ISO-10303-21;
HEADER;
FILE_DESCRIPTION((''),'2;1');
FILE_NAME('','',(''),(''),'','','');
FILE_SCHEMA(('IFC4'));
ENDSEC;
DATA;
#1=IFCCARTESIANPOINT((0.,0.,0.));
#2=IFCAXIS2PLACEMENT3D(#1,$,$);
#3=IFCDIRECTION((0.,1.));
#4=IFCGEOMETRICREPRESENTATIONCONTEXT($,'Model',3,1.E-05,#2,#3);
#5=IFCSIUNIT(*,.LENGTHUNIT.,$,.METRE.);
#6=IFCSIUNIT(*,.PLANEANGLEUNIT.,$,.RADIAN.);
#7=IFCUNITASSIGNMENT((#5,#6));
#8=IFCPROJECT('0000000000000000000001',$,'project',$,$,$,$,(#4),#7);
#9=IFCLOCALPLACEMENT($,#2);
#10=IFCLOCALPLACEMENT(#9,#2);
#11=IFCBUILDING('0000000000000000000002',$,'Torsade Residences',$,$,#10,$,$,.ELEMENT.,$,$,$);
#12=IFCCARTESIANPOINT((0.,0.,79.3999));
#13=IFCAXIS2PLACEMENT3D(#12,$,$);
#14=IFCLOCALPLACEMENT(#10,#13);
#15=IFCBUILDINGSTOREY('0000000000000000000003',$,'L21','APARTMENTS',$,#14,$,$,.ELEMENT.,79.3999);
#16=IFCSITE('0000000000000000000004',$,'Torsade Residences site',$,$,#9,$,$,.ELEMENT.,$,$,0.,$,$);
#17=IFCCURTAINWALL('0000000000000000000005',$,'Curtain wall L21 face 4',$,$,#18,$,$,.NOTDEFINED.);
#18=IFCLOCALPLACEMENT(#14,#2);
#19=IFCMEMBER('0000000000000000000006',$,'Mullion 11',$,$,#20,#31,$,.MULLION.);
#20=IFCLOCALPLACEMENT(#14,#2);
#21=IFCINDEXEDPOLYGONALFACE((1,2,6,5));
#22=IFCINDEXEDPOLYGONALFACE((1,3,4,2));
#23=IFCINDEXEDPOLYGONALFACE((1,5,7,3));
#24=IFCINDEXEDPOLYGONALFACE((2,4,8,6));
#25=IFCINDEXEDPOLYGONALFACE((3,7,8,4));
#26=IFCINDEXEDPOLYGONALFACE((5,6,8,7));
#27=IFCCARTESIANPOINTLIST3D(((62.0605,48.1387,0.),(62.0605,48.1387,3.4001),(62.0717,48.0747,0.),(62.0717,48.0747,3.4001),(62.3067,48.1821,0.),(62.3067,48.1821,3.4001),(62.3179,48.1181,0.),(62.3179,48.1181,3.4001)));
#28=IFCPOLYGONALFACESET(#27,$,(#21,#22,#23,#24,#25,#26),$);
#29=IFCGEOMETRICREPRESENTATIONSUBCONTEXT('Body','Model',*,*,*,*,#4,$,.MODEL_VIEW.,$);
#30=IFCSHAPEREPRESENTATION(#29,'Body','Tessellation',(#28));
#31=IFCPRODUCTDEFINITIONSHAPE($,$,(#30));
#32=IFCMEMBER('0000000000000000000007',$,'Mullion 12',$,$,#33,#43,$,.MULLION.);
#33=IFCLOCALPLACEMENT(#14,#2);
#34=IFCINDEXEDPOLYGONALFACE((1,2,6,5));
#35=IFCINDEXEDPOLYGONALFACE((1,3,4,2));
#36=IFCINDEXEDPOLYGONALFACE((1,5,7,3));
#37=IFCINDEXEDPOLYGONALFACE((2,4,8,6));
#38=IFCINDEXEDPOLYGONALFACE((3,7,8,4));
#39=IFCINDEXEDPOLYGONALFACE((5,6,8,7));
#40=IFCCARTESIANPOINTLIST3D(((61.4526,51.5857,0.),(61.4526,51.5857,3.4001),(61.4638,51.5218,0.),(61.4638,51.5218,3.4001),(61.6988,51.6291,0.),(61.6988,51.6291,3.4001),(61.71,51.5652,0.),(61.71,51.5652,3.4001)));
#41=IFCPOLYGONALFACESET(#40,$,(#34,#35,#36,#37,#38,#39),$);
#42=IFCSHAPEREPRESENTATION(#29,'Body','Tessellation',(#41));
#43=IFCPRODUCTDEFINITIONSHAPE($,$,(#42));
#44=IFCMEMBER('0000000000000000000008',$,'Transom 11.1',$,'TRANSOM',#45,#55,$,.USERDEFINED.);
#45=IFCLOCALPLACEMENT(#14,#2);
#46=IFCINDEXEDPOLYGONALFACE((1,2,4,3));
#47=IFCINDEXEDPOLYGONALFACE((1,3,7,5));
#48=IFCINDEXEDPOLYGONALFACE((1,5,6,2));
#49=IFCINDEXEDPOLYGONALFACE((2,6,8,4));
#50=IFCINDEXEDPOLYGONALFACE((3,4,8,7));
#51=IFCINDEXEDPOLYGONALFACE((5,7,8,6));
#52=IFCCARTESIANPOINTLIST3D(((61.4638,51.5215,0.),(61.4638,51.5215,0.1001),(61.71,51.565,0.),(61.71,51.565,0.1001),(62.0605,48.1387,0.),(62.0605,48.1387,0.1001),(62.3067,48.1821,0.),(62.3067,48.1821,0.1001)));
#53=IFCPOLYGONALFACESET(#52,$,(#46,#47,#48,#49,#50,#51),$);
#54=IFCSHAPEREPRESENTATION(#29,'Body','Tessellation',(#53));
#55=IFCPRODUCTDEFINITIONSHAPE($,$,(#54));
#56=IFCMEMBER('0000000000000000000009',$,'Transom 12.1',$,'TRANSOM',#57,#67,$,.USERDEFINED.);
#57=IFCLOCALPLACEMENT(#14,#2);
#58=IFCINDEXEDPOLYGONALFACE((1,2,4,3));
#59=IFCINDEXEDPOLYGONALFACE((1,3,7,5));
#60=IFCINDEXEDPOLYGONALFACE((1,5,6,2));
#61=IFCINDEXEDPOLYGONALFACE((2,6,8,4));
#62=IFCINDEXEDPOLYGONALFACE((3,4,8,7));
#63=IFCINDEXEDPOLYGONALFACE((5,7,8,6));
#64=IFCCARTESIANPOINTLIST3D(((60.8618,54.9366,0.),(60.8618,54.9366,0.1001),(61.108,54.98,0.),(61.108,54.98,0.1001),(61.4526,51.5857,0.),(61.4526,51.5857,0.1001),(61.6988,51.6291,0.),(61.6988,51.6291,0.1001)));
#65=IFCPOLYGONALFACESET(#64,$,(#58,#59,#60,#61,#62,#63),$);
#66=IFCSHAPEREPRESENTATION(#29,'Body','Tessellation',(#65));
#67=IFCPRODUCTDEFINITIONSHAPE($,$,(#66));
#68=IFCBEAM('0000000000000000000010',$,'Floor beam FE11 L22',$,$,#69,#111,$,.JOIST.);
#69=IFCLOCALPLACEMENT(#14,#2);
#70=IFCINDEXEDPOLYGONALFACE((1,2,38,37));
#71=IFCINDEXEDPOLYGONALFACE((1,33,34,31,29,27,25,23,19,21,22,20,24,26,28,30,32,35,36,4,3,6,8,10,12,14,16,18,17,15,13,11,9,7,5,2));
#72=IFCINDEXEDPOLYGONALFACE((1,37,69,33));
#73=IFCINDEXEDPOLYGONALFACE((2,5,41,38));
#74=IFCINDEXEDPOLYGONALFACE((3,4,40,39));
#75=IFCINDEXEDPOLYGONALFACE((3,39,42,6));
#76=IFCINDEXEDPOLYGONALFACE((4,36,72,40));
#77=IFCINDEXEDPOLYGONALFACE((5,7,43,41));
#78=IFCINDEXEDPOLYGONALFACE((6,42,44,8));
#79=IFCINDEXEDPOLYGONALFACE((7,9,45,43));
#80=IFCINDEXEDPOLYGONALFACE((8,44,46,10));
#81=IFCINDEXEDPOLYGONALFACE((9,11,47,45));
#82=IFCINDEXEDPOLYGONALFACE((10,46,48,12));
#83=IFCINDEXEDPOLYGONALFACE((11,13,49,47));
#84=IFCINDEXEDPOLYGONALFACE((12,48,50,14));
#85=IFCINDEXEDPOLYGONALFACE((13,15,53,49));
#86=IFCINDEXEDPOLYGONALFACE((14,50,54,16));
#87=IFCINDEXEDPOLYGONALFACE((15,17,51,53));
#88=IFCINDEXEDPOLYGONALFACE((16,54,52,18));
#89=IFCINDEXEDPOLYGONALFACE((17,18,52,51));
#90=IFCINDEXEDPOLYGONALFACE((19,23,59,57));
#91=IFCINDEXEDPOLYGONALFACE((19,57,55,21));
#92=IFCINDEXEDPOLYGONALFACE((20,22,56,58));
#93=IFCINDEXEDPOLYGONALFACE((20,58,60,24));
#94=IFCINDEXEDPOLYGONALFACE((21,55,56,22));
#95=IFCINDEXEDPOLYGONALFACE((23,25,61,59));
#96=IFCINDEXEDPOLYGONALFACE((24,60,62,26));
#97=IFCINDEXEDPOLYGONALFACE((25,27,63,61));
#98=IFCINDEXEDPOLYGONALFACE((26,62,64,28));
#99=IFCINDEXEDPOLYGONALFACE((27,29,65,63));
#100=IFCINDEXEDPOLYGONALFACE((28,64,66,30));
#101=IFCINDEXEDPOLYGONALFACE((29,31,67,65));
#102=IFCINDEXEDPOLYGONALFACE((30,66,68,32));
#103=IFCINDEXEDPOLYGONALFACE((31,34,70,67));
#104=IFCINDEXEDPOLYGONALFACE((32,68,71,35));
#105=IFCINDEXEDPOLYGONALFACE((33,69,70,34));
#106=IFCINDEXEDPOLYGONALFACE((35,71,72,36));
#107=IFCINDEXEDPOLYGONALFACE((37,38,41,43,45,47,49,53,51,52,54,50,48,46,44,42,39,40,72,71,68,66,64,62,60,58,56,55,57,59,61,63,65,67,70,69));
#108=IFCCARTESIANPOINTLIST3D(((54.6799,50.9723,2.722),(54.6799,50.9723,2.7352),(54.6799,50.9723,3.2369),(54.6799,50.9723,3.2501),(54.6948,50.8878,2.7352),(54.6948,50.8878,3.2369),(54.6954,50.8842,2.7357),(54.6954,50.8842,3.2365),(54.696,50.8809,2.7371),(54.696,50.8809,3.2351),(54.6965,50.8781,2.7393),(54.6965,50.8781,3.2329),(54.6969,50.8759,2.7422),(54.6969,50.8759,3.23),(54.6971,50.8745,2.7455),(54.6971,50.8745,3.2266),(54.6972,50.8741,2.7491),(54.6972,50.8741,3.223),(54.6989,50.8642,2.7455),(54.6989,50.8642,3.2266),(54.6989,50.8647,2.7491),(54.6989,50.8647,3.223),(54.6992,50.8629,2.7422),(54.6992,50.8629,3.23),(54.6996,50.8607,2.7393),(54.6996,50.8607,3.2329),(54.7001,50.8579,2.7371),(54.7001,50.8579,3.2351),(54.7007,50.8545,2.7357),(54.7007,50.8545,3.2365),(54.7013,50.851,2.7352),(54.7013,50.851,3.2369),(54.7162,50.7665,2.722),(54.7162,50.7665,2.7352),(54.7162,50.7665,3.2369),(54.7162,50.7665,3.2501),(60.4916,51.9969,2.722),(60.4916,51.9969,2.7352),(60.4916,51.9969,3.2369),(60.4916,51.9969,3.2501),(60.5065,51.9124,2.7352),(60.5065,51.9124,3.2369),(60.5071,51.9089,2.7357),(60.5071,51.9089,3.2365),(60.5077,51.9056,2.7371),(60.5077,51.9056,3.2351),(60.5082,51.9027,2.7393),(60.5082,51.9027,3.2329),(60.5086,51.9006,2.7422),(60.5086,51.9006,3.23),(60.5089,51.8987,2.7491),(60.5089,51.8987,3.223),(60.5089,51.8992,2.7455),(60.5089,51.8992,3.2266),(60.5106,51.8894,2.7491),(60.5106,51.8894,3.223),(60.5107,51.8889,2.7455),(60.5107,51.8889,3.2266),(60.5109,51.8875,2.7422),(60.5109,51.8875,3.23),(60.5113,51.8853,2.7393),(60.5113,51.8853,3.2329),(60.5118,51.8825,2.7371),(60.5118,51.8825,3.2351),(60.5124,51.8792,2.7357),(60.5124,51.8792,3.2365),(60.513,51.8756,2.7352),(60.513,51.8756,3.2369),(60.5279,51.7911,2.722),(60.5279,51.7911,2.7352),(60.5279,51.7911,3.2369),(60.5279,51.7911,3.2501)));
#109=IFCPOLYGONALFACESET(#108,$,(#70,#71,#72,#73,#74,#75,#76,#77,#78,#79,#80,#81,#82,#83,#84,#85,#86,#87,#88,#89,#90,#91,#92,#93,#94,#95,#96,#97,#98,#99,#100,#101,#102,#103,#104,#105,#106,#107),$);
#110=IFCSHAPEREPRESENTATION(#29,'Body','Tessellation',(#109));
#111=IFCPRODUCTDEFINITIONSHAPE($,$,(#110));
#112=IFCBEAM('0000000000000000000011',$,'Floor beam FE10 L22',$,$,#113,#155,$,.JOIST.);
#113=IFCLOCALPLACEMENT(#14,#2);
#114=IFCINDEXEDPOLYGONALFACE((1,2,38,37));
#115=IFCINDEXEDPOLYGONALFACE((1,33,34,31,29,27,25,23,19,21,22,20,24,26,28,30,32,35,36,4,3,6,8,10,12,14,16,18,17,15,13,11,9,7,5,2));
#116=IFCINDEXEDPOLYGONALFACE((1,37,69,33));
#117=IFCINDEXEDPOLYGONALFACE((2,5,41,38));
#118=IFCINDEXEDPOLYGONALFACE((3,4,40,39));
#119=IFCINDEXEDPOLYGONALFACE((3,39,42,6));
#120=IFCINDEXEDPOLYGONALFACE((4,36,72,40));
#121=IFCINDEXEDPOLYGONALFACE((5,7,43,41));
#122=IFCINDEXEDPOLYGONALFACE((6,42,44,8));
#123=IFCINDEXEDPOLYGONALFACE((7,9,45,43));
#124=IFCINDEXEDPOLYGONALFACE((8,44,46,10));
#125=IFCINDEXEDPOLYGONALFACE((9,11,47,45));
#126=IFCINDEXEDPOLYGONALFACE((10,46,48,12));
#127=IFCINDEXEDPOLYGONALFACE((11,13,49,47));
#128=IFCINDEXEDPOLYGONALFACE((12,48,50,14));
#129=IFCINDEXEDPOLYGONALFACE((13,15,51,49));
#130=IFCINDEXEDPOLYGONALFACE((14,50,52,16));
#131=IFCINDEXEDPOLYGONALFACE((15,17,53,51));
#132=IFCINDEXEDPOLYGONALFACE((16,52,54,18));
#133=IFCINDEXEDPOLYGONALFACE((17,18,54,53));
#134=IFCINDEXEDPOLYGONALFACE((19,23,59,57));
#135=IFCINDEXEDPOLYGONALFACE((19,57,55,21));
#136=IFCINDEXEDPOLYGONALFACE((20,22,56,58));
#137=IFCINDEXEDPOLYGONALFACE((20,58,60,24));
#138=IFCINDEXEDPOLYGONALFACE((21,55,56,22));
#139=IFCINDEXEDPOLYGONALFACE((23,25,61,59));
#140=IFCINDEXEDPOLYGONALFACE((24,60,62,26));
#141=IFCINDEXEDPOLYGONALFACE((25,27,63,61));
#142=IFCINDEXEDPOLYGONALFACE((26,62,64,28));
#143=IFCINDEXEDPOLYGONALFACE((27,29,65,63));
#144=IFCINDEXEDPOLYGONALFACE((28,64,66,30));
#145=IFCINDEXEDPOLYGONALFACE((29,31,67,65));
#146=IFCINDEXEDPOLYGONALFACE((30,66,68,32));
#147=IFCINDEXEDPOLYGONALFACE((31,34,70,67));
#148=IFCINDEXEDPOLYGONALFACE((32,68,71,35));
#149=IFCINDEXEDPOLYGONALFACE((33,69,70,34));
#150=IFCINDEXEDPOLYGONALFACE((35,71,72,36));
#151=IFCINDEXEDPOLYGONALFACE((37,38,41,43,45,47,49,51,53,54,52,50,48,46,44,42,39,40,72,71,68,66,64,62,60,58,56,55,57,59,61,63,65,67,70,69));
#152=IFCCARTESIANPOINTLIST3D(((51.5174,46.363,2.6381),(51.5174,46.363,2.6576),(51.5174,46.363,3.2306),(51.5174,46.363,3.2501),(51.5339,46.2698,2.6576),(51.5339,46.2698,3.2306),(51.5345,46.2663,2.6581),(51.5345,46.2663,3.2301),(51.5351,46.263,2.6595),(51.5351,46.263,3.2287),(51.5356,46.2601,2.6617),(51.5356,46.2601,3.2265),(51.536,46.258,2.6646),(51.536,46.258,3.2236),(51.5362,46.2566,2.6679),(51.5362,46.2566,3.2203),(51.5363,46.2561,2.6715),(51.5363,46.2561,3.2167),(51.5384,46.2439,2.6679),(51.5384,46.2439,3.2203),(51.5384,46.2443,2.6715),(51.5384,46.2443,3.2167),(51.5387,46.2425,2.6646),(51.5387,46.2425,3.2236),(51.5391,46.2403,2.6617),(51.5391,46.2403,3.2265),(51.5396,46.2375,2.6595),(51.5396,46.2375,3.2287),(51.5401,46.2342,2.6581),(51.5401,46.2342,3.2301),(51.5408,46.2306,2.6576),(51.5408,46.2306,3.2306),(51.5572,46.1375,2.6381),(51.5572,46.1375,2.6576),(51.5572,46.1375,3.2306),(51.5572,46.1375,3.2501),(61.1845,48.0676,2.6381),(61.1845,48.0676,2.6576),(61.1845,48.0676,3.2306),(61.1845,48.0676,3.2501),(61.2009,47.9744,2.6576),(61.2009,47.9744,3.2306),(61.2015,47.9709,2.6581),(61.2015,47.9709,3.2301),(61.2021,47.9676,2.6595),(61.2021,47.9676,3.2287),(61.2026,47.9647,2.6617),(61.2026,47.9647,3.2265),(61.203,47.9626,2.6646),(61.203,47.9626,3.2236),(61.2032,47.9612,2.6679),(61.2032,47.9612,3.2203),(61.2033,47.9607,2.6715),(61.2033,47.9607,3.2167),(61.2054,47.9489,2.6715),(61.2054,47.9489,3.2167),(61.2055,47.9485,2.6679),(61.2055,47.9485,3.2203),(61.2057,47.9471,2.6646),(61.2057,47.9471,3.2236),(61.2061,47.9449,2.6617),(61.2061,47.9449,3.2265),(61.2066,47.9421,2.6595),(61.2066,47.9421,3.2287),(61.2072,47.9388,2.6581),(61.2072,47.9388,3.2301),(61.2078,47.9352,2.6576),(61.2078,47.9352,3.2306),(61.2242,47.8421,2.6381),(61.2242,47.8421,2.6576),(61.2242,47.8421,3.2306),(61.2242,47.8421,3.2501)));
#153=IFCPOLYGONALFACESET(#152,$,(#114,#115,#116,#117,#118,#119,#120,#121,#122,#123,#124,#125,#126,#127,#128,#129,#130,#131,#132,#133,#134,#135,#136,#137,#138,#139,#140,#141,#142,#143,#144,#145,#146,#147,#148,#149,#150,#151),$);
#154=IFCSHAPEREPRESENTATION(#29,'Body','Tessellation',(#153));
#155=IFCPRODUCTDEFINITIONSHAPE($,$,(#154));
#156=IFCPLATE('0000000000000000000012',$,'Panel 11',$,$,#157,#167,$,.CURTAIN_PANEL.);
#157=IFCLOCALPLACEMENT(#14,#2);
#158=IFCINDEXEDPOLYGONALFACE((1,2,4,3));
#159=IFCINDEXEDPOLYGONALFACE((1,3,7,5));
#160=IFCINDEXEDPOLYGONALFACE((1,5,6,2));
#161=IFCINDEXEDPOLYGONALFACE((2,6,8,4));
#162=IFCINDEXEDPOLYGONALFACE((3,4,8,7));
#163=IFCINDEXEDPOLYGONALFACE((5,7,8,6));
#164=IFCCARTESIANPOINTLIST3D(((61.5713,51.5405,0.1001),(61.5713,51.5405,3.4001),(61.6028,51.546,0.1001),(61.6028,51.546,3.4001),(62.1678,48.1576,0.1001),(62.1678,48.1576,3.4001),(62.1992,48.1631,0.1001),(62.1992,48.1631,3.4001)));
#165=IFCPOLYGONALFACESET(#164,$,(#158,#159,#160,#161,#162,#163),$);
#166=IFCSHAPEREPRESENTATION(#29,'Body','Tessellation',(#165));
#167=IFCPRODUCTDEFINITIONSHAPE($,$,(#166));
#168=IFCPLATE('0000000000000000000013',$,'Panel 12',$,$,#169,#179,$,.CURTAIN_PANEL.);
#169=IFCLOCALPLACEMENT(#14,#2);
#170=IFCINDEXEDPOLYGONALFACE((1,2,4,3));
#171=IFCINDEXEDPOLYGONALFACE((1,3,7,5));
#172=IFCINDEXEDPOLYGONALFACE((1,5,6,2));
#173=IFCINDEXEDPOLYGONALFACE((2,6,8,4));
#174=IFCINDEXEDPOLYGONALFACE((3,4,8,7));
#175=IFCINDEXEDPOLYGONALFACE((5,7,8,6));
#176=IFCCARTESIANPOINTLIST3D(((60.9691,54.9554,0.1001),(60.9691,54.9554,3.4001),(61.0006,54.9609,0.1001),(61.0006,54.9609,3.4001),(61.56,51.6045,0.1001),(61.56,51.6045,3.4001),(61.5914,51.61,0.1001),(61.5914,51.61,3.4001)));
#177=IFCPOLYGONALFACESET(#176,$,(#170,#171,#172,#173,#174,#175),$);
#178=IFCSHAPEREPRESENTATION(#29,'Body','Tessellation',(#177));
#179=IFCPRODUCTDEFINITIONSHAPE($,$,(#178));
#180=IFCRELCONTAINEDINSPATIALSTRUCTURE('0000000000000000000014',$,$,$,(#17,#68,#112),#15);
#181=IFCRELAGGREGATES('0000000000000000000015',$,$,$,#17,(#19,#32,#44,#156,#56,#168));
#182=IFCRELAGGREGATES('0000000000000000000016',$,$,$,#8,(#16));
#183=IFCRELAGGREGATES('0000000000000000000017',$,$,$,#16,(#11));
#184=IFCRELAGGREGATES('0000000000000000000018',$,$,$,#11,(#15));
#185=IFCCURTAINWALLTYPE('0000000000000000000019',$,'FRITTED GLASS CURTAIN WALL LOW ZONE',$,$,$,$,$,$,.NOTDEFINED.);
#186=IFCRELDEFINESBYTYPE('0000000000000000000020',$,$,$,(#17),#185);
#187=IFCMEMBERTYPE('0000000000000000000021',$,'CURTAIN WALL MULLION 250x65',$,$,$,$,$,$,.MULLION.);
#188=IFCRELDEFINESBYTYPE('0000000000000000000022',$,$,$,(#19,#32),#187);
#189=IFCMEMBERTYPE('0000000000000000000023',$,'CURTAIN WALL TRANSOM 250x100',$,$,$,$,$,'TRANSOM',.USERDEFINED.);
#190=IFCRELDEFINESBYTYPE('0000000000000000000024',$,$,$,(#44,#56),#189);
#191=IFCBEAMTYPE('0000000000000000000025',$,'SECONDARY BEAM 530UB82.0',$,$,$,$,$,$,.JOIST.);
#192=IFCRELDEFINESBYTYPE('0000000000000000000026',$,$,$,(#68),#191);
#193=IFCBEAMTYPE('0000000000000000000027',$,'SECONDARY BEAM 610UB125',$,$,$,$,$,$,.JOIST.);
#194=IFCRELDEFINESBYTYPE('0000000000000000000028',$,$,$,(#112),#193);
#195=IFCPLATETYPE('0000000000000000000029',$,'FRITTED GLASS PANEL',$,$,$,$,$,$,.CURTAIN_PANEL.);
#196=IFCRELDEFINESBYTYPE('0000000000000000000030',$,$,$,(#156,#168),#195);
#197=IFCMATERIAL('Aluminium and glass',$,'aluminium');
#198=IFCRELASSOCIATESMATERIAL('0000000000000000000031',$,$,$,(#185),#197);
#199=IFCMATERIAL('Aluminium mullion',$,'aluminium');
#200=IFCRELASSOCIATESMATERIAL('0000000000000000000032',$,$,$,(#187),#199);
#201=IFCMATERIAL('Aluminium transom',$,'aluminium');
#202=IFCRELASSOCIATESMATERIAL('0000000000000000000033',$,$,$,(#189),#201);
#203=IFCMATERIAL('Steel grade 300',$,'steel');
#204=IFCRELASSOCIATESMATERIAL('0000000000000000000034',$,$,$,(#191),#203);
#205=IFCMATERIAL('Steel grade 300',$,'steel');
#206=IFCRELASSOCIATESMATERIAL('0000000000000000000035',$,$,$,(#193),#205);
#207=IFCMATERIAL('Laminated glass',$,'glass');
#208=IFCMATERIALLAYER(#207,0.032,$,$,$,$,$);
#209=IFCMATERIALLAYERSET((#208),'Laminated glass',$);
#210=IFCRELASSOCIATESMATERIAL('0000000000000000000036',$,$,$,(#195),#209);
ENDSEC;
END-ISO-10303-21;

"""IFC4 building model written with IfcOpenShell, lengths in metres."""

from ifc_helpers import new_model, si_unit, direction, frame, origin, origin_2d, place, context, subcontext, project, spatial, rectangle, i_section, extrude, material, layer, layer_set, material_profile, profile_set, type_object, element, aggregate, save


model = new_model("IFC4")

# Units and contexts
model_context = context("Model", 3, precision=1e-05, world=origin(), true_north=direction((0.0, 1.0)))
body_context = subcontext(model_context, "Body", "Model", "MODEL_VIEW")
ifc_project = project(units=[si_unit("LENGTHUNIT", "METRE"), si_unit("PLANEANGLEUNIT", "RADIAN")], contexts=[model_context])

# Site, building, storey
site_placement = place(None, origin())
site = spatial("IfcSite", under=ifc_project, at=site_placement, Name="Torsade Residences site", CompositionType="ELEMENT", RefElevation=0.0)
building_placement = place(site_placement, origin())
building = spatial("IfcBuilding", under=site, at=building_placement, Name="Torsade Residences", CompositionType="ELEMENT")
storey_placement = place(building_placement, frame((0.0, 0.0, 79.3999)))
storey = spatial("IfcBuildingStorey", under=building, at=storey_placement, Name="L21", Description="APARTMENTS", CompositionType="ELEMENT", Elevation=79.3999)

# Curtain wall, members
ifc_material_1 = material(Name="Aluminium and glass", Category="aluminium")
curtain_wall_type = type_object("IfcCurtainWallType", Name="FRITTED GLASS CURTAIN WALL LOW ZONE", PredefinedType="NOTDEFINED", material=ifc_material_1)
curtain_wall_placement = place(storey_placement, origin())
curtain_wall = element("IfcCurtainWall", 1, at=curtain_wall_placement, inside=storey, type_object=curtain_wall_type, Name="Curtain wall L21 face 4", PredefinedType="NOTDEFINED")
ifc_material_2 = material(Name="Aluminium mullion", Category="aluminium")
ifc_material_profile_1 = material_profile(ifc_material_2, rectangle(XDim=0.25, YDim=0.0649, at=origin_2d()), Name="CURTAIN WALL MULLION 250x65")
ifc_profile_set_1 = profile_set([ifc_material_profile_1], Name="Aluminium mullion")
member_type_1 = type_object("IfcMemberType", Name="CURTAIN WALL MULLION 250x65", PredefinedType="MULLION", material=ifc_profile_set_1)
member_1_placement = place(storey_placement, frame((62.1892, 48.1284, 0.0), z_axis=(0.0, 0.0, 1.0), x_axis=(-0.984808, -0.173648, 0.0)))
member_1 = element("IfcMember", 2, at=member_1_placement, type_object=member_type_1, Name="Mullion 11", PredefinedType="MULLION", context=body_context, shape_type="SweptSolid", body=[
    extrude(rectangle(XDim=0.25, YDim=0.0649, at=origin_2d()), origin(), (0.0, 0.0, 1.0), 3.4001),
])
member_2_placement = place(storey_placement, frame((61.5813, 51.5754, 0.0), z_axis=(0.0, 0.0, 1.0), x_axis=(-0.984808, -0.173648, 0.0)))
member_2 = element("IfcMember", 3, at=member_2_placement, type_object=member_type_1, Name="Mullion 12", PredefinedType="MULLION", context=body_context, shape_type="SweptSolid", body=[
    extrude(rectangle(XDim=0.25, YDim=0.0649, at=origin_2d()), origin(), (0.0, 0.0, 1.0), 3.4001),
])
ifc_material_3 = material(Name="Aluminium transom", Category="aluminium")
ifc_material_profile_2 = material_profile(ifc_material_3, rectangle(XDim=0.25, YDim=0.1001, at=origin_2d()), Name="CURTAIN WALL TRANSOM 250x100")
ifc_profile_set_2 = profile_set([ifc_material_profile_2], Name="Aluminium transom")
member_type_2 = type_object("IfcMemberType", Name="CURTAIN WALL TRANSOM 250x100", ElementType="TRANSOM", PredefinedType="USERDEFINED", material=ifc_profile_set_2)
member_3_placement = place(storey_placement, frame((62.1836, 48.1604, 0.05), z_axis=(-0.173704, 0.984798, 0.0), x_axis=(-0.984798, -0.173704, 0.0)))
member_3 = element("IfcMember", 4, at=member_3_placement, type_object=member_type_2, Name="Transom 11.1", ObjectType="TRANSOM", PredefinedType="USERDEFINED", context=body_context, shape_type="SweptSolid", body=[
    extrude(rectangle(XDim=0.25, YDim=0.1001, at=origin_2d()), origin(), (0.0, 0.0, 1.0), 3.4351),
])
member_4_placement = place(storey_placement, frame((61.5757, 51.6074, 0.05), z_axis=(-0.173642, 0.984809, 0.0), x_axis=(-0.984809, -0.173642, 0.0)))
member_4 = element("IfcMember", 5, at=member_4_placement, type_object=member_type_2, Name="Transom 12.1", ObjectType="TRANSOM", PredefinedType="USERDEFINED", context=body_context, shape_type="SweptSolid", body=[
    extrude(rectangle(XDim=0.25, YDim=0.1001, at=origin_2d()), origin(), (0.0, 0.0, 1.0), 3.4026),
])

# Beams
ifc_material_4 = material(Name="Steel grade 300", Category="steel")
ifc_material_profile_3 = material_profile(ifc_material_4, i_section(OverallWidth=0.209, OverallDepth=0.5281, WebThickness=0.0095, FlangeThickness=0.0132, FilletRadius=0.0139, at=origin_2d()), Name="530UB82.0")
ifc_profile_set_3 = profile_set([ifc_material_profile_3], Name="Steel grade 300")
beam_type_1 = type_object("IfcBeamType", Name="SECONDARY BEAM 530UB82.0", PredefinedType="JOIST", material=ifc_profile_set_3)
beam_1_placement = place(storey_placement, frame((60.5098, 51.894, 2.9861), z_axis=(-0.984811, -0.17363, 0.0), x_axis=(0.17363, -0.984811, 0.0)))
element("IfcBeam", 6, at=beam_1_placement, inside=storey, type_object=beam_type_1, Name="Floor beam FE11 L22", PredefinedType="JOIST", context=body_context, shape_type="SweptSolid", body=[
    extrude(i_section(OverallWidth=0.209, OverallDepth=0.5281, WebThickness=0.0095, FlangeThickness=0.0132, FilletRadius=0.0139, at=origin_2d()), origin(), (0.0, 0.0, 1.0), 5.9014),
])
ifc_material_5 = material(Name="Steel grade 300", Category="steel")
ifc_material_profile_4 = material_profile(ifc_material_5, i_section(OverallWidth=0.229, OverallDepth=0.6121, WebThickness=0.012, FlangeThickness=0.0195, FilletRadius=0.0139, at=origin_2d()), Name="610UB125")
ifc_profile_set_4 = profile_set([ifc_material_profile_4], Name="Steel grade 300")
beam_type_2 = type_object("IfcBeamType", Name="SECONDARY BEAM 610UB125", PredefinedType="JOIST", material=ifc_profile_set_4)
beam_2_placement = place(storey_placement, frame((61.2043, 47.9548, 2.9441), z_axis=(-0.984807, -0.173652, 0.0), x_axis=(0.173652, -0.984807, 0.0)))
element("IfcBeam", 7, at=beam_2_placement, inside=storey, type_object=beam_type_2, Name="Floor beam FE10 L22", PredefinedType="JOIST", context=body_context, shape_type="SweptSolid", body=[
    extrude(i_section(OverallWidth=0.229, OverallDepth=0.6121, WebThickness=0.012, FlangeThickness=0.0195, FilletRadius=0.0139, at=origin_2d()), origin(), (0.0, 0.0, 1.0), 9.8162),
])

# Plates
ifc_material_6 = material(Name="Laminated glass", Category="glass")
ifc_layer_1 = layer(ifc_material_6, 0.032)
ifc_layer_set_1 = layer_set([ifc_layer_1], Name="Laminated glass")
plate_type_1 = type_object("IfcPlateType", Name="FRITTED GLASS PANEL", PredefinedType="CURTAIN_PANEL", material=ifc_layer_set_1)
plate_1_placement = place(storey_placement, frame((61.8853, 49.8518, 0.1001), z_axis=(0.0, 0.0, 1.0), x_axis=(-0.173648, 0.984808, 0.0)))
plate_1 = element("IfcPlate", 8, at=plate_1_placement, type_object=plate_type_1, Name="Panel 11", PredefinedType="CURTAIN_PANEL", context=body_context, shape_type="SweptSolid", body=[
    extrude(rectangle(XDim=3.4351, YDim=0.032, at=origin_2d()), origin(), (0.0, 0.0, 1.0), 3.3),
])
plate_2_placement = place(storey_placement, frame((61.2803, 53.2827, 0.1001), z_axis=(0.0, 0.0, 1.0), x_axis=(-0.173648, 0.984808, 0.0)))
plate_2 = element("IfcPlate", 9, at=plate_2_placement, type_object=plate_type_1, Name="Panel 12", PredefinedType="CURTAIN_PANEL", context=body_context, shape_type="SweptSolid", body=[
    extrude(rectangle(XDim=3.4026, YDim=0.032, at=origin_2d()), origin(), (0.0, 0.0, 1.0), 3.3),
])
aggregate(curtain_wall, [member_1, member_2, member_3, plate_1, member_4, plate_2])

save(model, "model.ifc")
